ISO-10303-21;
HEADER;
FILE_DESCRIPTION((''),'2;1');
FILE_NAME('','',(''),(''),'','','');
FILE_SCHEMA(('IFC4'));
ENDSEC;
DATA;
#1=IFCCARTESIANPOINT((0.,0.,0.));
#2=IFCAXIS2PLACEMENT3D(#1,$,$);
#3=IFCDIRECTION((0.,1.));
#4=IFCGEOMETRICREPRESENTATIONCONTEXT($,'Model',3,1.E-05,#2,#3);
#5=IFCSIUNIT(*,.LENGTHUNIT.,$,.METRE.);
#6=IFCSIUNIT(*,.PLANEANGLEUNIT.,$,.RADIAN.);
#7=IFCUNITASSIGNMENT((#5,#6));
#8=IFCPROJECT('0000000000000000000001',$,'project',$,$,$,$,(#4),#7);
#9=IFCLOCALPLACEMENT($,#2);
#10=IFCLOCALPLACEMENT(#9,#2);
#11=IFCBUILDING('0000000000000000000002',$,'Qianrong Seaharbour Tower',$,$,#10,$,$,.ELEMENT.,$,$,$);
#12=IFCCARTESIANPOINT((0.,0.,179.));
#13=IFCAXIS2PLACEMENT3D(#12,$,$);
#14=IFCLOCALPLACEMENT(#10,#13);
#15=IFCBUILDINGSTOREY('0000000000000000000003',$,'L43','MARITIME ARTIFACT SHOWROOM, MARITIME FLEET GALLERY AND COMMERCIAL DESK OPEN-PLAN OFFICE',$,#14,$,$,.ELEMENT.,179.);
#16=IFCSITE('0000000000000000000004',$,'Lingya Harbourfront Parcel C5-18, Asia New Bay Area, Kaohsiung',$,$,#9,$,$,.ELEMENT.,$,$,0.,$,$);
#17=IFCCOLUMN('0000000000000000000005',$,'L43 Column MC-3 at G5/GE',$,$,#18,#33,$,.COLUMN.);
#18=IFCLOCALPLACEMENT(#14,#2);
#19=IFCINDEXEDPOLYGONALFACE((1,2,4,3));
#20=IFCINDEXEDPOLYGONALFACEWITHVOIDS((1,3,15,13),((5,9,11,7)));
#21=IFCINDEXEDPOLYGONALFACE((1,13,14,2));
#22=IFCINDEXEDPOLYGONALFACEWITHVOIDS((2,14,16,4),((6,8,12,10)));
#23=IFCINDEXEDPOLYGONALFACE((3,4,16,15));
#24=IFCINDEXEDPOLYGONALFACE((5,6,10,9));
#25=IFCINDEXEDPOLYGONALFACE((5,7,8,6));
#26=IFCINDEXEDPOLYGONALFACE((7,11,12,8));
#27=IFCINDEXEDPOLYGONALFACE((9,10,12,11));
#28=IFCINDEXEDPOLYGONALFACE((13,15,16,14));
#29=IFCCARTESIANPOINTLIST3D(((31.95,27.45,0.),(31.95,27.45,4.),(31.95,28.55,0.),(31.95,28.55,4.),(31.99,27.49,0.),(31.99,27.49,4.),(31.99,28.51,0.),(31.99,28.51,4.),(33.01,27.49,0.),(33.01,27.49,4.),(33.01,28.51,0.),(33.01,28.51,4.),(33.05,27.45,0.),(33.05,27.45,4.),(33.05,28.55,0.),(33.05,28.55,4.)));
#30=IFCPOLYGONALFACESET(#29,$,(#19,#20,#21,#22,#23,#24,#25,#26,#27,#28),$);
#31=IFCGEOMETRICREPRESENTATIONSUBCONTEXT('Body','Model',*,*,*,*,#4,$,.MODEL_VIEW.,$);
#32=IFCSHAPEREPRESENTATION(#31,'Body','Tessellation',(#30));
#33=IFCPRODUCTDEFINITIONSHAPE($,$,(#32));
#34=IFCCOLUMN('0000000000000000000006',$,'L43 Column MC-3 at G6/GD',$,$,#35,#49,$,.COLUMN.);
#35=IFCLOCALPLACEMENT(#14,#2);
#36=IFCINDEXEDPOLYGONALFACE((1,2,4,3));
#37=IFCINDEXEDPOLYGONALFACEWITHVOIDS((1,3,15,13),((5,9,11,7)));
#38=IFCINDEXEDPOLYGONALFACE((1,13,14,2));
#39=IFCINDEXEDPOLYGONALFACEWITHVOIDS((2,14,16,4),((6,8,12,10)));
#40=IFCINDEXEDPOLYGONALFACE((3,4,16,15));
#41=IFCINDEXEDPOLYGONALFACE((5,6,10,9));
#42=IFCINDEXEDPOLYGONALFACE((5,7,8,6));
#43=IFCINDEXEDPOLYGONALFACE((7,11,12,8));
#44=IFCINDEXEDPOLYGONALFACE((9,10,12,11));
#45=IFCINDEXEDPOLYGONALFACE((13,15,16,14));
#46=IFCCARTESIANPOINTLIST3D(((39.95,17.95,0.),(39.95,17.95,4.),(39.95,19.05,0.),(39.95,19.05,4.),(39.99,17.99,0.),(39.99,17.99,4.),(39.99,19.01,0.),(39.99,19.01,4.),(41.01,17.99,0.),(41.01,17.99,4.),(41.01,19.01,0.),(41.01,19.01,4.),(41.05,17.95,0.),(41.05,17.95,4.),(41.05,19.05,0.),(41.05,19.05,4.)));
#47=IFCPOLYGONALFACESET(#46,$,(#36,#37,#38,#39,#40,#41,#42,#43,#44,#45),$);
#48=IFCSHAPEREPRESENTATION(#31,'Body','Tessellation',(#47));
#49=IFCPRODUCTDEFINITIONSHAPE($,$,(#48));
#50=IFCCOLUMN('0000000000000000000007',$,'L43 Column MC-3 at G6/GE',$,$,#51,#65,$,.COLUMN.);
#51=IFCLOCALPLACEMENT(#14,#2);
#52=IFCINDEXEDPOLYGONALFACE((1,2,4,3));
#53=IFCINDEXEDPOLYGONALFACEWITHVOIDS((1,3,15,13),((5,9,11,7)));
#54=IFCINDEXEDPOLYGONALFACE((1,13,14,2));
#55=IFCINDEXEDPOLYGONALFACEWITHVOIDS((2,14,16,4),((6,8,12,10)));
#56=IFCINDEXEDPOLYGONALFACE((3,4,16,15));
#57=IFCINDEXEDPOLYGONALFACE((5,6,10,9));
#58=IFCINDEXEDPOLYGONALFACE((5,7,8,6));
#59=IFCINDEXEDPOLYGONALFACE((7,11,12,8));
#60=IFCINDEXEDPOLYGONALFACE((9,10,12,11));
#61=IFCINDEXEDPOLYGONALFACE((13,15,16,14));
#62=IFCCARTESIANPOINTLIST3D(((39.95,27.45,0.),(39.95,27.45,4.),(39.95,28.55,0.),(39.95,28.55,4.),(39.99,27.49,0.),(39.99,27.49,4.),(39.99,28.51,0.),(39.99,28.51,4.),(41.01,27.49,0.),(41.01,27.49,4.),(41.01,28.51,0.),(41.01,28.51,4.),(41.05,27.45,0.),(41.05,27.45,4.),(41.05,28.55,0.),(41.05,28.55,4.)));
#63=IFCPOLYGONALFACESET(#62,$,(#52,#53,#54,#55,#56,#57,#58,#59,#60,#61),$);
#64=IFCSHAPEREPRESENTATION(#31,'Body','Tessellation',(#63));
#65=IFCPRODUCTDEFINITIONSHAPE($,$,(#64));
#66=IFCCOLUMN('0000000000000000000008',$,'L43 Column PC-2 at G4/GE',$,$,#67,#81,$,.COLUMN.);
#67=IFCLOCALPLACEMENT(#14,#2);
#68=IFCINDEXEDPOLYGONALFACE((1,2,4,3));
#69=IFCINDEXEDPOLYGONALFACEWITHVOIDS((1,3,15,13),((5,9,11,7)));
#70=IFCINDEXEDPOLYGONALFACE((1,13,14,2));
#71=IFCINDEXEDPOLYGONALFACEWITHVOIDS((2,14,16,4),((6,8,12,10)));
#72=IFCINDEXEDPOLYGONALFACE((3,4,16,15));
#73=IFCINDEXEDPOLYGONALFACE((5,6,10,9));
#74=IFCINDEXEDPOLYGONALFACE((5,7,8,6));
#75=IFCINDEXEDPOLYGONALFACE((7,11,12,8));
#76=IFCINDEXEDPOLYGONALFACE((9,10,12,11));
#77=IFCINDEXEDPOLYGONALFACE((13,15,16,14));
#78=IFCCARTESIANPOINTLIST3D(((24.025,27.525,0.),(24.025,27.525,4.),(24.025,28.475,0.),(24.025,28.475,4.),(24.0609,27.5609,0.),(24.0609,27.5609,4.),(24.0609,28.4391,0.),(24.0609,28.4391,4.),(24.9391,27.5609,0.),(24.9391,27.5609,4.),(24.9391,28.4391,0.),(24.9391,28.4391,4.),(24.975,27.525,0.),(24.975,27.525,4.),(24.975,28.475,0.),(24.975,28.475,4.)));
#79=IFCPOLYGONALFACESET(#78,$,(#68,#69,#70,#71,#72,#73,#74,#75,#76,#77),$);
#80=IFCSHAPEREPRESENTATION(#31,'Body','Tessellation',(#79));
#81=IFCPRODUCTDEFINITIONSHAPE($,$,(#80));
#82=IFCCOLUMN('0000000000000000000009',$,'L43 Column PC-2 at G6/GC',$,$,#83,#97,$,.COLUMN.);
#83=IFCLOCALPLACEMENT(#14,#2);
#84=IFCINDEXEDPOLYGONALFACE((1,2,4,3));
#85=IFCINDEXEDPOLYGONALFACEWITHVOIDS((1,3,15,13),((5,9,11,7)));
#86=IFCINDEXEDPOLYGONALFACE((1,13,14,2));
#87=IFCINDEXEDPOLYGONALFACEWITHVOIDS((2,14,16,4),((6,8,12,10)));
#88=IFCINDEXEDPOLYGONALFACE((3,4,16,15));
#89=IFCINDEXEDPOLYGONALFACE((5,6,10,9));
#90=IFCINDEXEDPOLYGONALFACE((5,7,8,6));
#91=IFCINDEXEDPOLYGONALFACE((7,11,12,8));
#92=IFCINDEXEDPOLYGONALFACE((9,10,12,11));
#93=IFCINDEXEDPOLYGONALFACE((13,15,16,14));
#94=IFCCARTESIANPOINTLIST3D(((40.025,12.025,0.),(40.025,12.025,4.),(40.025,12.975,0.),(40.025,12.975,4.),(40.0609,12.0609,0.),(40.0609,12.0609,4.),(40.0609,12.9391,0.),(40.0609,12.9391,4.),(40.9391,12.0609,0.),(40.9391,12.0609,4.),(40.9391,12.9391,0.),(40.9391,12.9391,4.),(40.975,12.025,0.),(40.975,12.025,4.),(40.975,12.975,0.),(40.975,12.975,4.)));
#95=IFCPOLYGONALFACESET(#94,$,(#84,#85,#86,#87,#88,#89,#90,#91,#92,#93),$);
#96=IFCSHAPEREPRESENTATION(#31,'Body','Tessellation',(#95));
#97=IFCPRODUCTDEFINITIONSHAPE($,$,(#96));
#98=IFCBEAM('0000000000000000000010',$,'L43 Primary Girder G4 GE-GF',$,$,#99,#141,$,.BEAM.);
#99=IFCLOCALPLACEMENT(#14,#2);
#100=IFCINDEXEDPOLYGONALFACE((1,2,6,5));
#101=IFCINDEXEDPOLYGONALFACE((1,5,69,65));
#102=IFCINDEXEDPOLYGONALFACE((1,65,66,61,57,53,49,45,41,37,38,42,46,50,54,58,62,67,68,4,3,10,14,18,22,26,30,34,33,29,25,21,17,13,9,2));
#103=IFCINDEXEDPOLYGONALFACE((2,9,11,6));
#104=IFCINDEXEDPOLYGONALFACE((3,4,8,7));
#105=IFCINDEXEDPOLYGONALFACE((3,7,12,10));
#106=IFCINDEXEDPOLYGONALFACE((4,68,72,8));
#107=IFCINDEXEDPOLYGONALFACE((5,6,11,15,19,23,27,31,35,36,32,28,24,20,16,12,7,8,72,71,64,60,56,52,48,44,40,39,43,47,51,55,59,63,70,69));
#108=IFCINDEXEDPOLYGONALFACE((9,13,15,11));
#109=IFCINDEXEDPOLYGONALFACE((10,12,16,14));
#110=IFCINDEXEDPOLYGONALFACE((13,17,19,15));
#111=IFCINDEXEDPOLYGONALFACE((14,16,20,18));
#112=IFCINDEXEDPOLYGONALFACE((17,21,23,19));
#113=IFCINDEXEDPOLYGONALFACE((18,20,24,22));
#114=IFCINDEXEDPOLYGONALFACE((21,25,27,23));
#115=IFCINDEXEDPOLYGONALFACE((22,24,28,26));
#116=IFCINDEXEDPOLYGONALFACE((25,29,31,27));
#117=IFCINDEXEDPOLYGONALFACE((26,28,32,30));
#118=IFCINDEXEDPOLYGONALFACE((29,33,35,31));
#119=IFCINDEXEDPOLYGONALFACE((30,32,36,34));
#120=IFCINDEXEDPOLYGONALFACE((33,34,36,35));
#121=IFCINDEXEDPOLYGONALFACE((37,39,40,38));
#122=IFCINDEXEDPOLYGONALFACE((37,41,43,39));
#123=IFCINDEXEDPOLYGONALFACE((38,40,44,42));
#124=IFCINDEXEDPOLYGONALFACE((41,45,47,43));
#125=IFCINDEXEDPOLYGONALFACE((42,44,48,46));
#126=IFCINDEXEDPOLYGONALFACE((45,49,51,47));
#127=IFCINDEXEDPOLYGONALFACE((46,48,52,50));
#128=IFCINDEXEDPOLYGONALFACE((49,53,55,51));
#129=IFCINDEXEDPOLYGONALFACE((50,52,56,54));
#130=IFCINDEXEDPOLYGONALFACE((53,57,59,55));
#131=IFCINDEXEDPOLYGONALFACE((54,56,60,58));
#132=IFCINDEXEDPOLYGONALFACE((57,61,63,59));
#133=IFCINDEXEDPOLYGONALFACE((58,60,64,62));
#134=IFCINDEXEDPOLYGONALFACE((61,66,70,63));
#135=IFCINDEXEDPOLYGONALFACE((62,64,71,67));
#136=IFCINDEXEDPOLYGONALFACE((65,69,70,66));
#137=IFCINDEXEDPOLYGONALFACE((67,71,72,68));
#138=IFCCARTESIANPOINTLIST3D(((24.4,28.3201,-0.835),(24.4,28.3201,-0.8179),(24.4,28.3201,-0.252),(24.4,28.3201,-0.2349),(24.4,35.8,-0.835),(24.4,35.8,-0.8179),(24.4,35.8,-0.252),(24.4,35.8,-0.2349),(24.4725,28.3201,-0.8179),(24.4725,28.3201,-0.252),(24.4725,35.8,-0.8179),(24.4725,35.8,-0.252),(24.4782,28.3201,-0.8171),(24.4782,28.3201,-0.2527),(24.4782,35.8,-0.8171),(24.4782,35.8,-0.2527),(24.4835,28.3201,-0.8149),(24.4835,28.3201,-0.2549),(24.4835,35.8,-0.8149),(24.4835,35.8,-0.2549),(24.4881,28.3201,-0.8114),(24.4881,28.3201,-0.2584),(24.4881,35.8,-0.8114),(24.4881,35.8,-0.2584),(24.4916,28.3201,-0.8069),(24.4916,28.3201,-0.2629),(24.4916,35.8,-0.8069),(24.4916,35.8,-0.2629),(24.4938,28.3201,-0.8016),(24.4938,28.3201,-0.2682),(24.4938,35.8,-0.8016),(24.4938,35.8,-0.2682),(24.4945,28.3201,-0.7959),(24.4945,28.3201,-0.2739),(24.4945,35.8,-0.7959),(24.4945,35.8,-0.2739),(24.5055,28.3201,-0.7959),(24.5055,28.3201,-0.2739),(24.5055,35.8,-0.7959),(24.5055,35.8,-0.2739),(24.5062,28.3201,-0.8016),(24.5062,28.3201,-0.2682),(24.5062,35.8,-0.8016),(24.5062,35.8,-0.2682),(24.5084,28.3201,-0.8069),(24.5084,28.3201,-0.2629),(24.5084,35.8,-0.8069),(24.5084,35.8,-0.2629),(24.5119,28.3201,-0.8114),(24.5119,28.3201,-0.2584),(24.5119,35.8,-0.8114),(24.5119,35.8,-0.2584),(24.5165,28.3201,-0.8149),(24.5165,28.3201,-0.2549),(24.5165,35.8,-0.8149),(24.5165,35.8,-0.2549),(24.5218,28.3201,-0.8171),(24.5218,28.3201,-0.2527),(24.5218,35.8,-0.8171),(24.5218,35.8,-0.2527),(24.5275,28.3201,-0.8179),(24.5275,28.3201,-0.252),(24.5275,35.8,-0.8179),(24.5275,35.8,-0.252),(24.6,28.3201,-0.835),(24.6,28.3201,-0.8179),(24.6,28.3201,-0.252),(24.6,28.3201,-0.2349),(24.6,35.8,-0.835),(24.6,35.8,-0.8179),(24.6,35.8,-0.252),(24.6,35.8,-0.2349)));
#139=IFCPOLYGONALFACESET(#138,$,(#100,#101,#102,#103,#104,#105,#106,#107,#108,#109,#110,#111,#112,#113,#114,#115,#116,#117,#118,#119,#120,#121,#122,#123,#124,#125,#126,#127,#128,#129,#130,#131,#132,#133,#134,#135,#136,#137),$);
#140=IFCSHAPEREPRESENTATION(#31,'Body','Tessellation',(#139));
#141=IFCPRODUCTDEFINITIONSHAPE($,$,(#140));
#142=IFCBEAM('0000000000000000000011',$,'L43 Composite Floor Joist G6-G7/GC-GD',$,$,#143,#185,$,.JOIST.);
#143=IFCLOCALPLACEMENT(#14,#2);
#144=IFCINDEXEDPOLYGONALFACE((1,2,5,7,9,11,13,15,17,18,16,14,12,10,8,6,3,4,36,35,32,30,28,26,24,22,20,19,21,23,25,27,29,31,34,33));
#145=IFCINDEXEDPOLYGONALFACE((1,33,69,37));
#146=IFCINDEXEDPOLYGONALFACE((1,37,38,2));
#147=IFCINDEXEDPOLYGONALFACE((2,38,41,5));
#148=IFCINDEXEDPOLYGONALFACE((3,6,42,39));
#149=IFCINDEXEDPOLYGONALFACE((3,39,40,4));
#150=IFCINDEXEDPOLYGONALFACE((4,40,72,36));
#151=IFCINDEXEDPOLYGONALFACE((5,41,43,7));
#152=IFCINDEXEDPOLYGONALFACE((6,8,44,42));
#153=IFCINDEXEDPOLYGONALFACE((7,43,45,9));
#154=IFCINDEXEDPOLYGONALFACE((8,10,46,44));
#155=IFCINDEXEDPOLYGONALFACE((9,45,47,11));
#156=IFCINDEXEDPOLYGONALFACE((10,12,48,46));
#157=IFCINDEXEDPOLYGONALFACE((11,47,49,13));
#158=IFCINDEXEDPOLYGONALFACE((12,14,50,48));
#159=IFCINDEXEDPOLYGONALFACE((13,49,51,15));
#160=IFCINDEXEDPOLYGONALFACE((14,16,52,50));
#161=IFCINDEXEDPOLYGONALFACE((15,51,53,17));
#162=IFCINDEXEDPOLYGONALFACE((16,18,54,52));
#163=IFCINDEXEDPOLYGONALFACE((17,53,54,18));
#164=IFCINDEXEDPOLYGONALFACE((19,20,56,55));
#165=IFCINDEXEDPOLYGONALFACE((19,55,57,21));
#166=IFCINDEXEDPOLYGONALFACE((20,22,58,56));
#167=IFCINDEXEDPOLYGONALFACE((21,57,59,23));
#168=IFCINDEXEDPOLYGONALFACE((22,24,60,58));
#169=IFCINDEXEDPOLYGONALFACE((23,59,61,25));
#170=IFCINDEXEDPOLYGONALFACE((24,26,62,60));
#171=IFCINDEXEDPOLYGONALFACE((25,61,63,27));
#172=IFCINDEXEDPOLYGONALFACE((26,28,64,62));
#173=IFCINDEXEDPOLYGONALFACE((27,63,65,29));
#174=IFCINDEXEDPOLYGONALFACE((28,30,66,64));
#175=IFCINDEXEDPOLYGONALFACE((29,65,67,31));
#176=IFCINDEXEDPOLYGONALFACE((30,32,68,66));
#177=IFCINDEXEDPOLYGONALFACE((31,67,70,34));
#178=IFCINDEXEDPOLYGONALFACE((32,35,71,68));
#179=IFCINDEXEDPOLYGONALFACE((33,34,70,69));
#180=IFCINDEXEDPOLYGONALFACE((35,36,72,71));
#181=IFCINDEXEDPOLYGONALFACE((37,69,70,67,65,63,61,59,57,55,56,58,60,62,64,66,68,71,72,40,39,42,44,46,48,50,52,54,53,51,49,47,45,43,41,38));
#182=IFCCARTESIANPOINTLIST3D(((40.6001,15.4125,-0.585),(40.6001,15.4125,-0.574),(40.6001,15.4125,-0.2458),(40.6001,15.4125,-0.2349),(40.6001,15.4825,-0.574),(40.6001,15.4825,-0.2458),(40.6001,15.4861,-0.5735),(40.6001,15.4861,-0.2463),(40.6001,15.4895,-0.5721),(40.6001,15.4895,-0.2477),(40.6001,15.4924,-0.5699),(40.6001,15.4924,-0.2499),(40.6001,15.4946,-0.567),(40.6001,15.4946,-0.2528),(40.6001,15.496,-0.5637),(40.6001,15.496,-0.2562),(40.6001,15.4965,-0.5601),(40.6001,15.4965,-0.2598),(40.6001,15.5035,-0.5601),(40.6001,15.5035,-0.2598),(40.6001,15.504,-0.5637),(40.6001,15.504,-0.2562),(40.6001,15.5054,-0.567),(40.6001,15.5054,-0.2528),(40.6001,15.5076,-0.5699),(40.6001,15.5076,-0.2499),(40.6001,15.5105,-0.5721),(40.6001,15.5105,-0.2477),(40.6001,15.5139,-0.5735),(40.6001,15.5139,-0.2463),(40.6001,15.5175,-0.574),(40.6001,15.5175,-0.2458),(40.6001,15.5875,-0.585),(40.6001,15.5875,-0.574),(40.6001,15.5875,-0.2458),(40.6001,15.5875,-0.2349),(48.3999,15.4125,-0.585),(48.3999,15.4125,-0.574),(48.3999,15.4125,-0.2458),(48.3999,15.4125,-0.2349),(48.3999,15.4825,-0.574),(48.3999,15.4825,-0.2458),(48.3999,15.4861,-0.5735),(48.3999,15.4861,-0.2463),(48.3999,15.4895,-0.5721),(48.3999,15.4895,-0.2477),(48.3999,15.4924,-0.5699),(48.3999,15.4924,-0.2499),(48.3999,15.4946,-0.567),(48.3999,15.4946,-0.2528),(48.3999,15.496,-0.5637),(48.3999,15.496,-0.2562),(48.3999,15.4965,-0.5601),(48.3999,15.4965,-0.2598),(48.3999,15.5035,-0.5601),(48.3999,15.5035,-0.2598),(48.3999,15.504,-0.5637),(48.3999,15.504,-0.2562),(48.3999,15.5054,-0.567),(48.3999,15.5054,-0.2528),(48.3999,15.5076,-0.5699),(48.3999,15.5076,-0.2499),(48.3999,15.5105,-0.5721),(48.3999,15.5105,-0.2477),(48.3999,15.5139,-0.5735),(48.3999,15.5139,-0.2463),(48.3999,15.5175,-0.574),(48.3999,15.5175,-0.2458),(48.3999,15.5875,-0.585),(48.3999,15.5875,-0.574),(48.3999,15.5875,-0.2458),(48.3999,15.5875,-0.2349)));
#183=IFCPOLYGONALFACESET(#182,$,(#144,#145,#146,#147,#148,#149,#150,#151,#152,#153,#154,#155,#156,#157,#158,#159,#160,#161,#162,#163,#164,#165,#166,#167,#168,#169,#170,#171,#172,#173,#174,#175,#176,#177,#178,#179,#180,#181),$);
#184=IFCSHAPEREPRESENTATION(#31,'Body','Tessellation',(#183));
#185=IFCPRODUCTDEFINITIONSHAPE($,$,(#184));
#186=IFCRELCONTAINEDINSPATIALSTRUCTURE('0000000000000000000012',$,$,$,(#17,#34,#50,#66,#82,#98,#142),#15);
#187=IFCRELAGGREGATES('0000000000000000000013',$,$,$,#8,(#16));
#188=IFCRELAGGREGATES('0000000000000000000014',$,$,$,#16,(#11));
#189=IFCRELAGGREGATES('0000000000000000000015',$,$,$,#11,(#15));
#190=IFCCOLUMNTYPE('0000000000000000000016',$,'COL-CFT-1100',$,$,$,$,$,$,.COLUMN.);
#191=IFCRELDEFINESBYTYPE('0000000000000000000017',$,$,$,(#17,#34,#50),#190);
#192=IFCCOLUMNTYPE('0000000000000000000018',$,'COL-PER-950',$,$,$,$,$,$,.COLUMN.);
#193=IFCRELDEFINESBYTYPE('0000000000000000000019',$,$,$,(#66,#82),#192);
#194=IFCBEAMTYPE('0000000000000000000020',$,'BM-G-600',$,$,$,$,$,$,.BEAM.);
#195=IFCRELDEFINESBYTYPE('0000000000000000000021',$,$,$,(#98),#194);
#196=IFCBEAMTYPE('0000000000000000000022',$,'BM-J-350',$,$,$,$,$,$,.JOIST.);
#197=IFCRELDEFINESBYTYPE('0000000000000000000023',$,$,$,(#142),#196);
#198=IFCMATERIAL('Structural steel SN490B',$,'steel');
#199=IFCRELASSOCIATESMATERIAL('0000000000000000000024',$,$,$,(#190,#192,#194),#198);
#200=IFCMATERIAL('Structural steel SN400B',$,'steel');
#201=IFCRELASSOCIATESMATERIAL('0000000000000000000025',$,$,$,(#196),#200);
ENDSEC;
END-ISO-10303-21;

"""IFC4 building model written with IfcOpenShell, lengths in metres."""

from ifc_helpers import new_model, si_unit, direction, frame, origin, origin_2d, place, context, subcontext, project, spatial, hollow_rectangle, i_section, extrude, material, material_profile, profile_set, type_object, element, save


model = new_model("IFC4")

# Units and contexts
model_context = context("Model", 3, precision=1e-05, world=origin(), true_north=direction((0.0, 1.0)))
body_context = subcontext(model_context, "Body", "Model", "MODEL_VIEW")
ifc_project = project(units=[si_unit("LENGTHUNIT", "METRE"), si_unit("PLANEANGLEUNIT", "RADIAN")], contexts=[model_context])

# Site, building, storey
site_placement = place(None, origin())
site = spatial("IfcSite", under=ifc_project, at=site_placement, Name="Lingya Harbourfront Parcel C5-18, Asia New Bay Area, Kaohsiung", CompositionType="ELEMENT", RefElevation=0.0)
building_placement = place(site_placement, origin())
building = spatial("IfcBuilding", under=site, at=building_placement, Name="Qianrong Seaharbour Tower", CompositionType="ELEMENT")
storey_placement = place(building_placement, frame((0.0, 0.0, 179.0)))
storey = spatial("IfcBuildingStorey", under=building, at=storey_placement, Name="L43", Description="MARITIME ARTIFACT SHOWROOM, MARITIME FLEET GALLERY AND COMMERCIAL DESK OPEN-PLAN OFFICE", CompositionType="ELEMENT", Elevation=179.0)

# Columns
ifc_material_1 = material(Name="Structural steel SN490B", Category="steel")
ifc_material_profile_1 = material_profile(ifc_material_1, hollow_rectangle(XDim=1.1001, YDim=1.1001, WallThickness=0.04, at=origin_2d()), Name="BOX1100x1100x40")
ifc_profile_set_1 = profile_set([ifc_material_profile_1], Name="Structural steel SN490B")
column_type_1 = type_object("IfcColumnType", Name="COL-CFT-1100", PredefinedType="COLUMN", material=ifc_profile_set_1)
for number, where, z_axis, x_axis, name in (
    (1, (32.5, 28.0, 0.0), (0.0, 0.0, 1.0), (1.0, 0.0, 0.0), "L43 Column MC-3 at G5/GE"),
    (2, (40.5, 18.5, 0.0), (0.0, 0.0, 1.0), (1.0, 0.0, 0.0), "L43 Column MC-3 at G6/GD"),
    (3, (40.5, 28.0, 0.0), (0.0, 0.0, 1.0), (1.0, 0.0, 0.0), "L43 Column MC-3 at G6/GE"),
):
    element("IfcColumn", number, at=place(storey_placement, frame(where, z_axis=z_axis, x_axis=x_axis)), inside=storey, type_object=column_type_1, Name=name, PredefinedType="COLUMN", context=body_context, shape_type="SweptSolid", body=[
        extrude(hollow_rectangle(XDim=1.1001, YDim=1.1001, WallThickness=0.04, at=origin_2d()), origin(), (0.0, 0.0, 1.0), 4.0),
    ])
ifc_material_profile_2 = material_profile(ifc_material_1, hollow_rectangle(XDim=0.95, YDim=0.95, WallThickness=0.0359, at=origin_2d()), Name="BOX950x950x36")
ifc_profile_set_2 = profile_set([ifc_material_profile_2], Name="Structural steel SN490B")
column_type_2 = type_object("IfcColumnType", Name="COL-PER-950", PredefinedType="COLUMN", material=ifc_profile_set_2)
for number, where, z_axis, x_axis, name in (
    (4, (24.5, 28.0, 0.0), (0.0, 0.0, 1.0), (1.0, 0.0, 0.0), "L43 Column PC-2 at G4/GE"),
    (5, (40.5, 12.5, 0.0), (0.0, 0.0, 1.0), (1.0, 0.0, 0.0), "L43 Column PC-2 at G6/GC"),
):
    element("IfcColumn", number, at=place(storey_placement, frame(where, z_axis=z_axis, x_axis=x_axis)), inside=storey, type_object=column_type_2, Name=name, PredefinedType="COLUMN", context=body_context, shape_type="SweptSolid", body=[
        extrude(hollow_rectangle(XDim=0.95, YDim=0.95, WallThickness=0.0359, at=origin_2d()), origin(), (0.0, 0.0, 1.0), 4.0),
    ])

# Beams
ifc_material_profile_3 = material_profile(ifc_material_1, i_section(OverallWidth=0.2, OverallDepth=0.6001, WebThickness=0.011, FlangeThickness=0.0171, FilletRadius=0.022, at=origin_2d()), Name="H600x200x11x17")
ifc_profile_set_3 = profile_set([ifc_material_profile_3], Name="Structural steel SN490B")
beam_type_1 = type_object("IfcBeamType", Name="BM-G-600", PredefinedType="BEAM", material=ifc_profile_set_3)
beam_1_placement = place(storey_placement, frame((24.5, 28.3201, -0.5349), z_axis=(0.0, 1.0, 0.0), x_axis=(-1.0, 0.0, 0.0)))
element("IfcBeam", 6, at=beam_1_placement, inside=storey, type_object=beam_type_1, Name="L43 Primary Girder G4 GE-GF", PredefinedType="BEAM", context=body_context, shape_type="SweptSolid", body=[
    extrude(i_section(OverallWidth=0.2, OverallDepth=0.6001, WebThickness=0.011, FlangeThickness=0.0171, FilletRadius=0.022, at=origin_2d()), origin(), (0.0, 0.0, 1.0), 7.48),
])
ifc_material_2 = material(Name="Structural steel SN400B", Category="steel")
ifc_material_profile_4 = material_profile(ifc_material_2, i_section(OverallWidth=0.175, OverallDepth=0.3501, WebThickness=0.0071, FlangeThickness=0.011, FilletRadius=0.0139, at=origin_2d()), Name="H350x175x7x11")
ifc_profile_set_4 = profile_set([ifc_material_profile_4], Name="Structural steel SN400B")
beam_type_2 = type_object("IfcBeamType", Name="BM-J-350", PredefinedType="JOIST", material=ifc_profile_set_4)
beam_2_placement = place(storey_placement, frame((40.6001, 15.5, -0.4099), z_axis=(1.0, 0.0, 0.0), x_axis=(0.0, 1.0, 0.0)))
element("IfcBeam", 7, at=beam_2_placement, inside=storey, type_object=beam_type_2, Name="L43 Composite Floor Joist G6-G7/GC-GD", PredefinedType="JOIST", context=body_context, shape_type="SweptSolid", body=[
    extrude(i_section(OverallWidth=0.175, OverallDepth=0.3501, WebThickness=0.0071, FlangeThickness=0.011, FilletRadius=0.0139, at=origin_2d()), origin(), (0.0, 0.0, 1.0), 7.7998),
])

save(model, "model.ifc")
